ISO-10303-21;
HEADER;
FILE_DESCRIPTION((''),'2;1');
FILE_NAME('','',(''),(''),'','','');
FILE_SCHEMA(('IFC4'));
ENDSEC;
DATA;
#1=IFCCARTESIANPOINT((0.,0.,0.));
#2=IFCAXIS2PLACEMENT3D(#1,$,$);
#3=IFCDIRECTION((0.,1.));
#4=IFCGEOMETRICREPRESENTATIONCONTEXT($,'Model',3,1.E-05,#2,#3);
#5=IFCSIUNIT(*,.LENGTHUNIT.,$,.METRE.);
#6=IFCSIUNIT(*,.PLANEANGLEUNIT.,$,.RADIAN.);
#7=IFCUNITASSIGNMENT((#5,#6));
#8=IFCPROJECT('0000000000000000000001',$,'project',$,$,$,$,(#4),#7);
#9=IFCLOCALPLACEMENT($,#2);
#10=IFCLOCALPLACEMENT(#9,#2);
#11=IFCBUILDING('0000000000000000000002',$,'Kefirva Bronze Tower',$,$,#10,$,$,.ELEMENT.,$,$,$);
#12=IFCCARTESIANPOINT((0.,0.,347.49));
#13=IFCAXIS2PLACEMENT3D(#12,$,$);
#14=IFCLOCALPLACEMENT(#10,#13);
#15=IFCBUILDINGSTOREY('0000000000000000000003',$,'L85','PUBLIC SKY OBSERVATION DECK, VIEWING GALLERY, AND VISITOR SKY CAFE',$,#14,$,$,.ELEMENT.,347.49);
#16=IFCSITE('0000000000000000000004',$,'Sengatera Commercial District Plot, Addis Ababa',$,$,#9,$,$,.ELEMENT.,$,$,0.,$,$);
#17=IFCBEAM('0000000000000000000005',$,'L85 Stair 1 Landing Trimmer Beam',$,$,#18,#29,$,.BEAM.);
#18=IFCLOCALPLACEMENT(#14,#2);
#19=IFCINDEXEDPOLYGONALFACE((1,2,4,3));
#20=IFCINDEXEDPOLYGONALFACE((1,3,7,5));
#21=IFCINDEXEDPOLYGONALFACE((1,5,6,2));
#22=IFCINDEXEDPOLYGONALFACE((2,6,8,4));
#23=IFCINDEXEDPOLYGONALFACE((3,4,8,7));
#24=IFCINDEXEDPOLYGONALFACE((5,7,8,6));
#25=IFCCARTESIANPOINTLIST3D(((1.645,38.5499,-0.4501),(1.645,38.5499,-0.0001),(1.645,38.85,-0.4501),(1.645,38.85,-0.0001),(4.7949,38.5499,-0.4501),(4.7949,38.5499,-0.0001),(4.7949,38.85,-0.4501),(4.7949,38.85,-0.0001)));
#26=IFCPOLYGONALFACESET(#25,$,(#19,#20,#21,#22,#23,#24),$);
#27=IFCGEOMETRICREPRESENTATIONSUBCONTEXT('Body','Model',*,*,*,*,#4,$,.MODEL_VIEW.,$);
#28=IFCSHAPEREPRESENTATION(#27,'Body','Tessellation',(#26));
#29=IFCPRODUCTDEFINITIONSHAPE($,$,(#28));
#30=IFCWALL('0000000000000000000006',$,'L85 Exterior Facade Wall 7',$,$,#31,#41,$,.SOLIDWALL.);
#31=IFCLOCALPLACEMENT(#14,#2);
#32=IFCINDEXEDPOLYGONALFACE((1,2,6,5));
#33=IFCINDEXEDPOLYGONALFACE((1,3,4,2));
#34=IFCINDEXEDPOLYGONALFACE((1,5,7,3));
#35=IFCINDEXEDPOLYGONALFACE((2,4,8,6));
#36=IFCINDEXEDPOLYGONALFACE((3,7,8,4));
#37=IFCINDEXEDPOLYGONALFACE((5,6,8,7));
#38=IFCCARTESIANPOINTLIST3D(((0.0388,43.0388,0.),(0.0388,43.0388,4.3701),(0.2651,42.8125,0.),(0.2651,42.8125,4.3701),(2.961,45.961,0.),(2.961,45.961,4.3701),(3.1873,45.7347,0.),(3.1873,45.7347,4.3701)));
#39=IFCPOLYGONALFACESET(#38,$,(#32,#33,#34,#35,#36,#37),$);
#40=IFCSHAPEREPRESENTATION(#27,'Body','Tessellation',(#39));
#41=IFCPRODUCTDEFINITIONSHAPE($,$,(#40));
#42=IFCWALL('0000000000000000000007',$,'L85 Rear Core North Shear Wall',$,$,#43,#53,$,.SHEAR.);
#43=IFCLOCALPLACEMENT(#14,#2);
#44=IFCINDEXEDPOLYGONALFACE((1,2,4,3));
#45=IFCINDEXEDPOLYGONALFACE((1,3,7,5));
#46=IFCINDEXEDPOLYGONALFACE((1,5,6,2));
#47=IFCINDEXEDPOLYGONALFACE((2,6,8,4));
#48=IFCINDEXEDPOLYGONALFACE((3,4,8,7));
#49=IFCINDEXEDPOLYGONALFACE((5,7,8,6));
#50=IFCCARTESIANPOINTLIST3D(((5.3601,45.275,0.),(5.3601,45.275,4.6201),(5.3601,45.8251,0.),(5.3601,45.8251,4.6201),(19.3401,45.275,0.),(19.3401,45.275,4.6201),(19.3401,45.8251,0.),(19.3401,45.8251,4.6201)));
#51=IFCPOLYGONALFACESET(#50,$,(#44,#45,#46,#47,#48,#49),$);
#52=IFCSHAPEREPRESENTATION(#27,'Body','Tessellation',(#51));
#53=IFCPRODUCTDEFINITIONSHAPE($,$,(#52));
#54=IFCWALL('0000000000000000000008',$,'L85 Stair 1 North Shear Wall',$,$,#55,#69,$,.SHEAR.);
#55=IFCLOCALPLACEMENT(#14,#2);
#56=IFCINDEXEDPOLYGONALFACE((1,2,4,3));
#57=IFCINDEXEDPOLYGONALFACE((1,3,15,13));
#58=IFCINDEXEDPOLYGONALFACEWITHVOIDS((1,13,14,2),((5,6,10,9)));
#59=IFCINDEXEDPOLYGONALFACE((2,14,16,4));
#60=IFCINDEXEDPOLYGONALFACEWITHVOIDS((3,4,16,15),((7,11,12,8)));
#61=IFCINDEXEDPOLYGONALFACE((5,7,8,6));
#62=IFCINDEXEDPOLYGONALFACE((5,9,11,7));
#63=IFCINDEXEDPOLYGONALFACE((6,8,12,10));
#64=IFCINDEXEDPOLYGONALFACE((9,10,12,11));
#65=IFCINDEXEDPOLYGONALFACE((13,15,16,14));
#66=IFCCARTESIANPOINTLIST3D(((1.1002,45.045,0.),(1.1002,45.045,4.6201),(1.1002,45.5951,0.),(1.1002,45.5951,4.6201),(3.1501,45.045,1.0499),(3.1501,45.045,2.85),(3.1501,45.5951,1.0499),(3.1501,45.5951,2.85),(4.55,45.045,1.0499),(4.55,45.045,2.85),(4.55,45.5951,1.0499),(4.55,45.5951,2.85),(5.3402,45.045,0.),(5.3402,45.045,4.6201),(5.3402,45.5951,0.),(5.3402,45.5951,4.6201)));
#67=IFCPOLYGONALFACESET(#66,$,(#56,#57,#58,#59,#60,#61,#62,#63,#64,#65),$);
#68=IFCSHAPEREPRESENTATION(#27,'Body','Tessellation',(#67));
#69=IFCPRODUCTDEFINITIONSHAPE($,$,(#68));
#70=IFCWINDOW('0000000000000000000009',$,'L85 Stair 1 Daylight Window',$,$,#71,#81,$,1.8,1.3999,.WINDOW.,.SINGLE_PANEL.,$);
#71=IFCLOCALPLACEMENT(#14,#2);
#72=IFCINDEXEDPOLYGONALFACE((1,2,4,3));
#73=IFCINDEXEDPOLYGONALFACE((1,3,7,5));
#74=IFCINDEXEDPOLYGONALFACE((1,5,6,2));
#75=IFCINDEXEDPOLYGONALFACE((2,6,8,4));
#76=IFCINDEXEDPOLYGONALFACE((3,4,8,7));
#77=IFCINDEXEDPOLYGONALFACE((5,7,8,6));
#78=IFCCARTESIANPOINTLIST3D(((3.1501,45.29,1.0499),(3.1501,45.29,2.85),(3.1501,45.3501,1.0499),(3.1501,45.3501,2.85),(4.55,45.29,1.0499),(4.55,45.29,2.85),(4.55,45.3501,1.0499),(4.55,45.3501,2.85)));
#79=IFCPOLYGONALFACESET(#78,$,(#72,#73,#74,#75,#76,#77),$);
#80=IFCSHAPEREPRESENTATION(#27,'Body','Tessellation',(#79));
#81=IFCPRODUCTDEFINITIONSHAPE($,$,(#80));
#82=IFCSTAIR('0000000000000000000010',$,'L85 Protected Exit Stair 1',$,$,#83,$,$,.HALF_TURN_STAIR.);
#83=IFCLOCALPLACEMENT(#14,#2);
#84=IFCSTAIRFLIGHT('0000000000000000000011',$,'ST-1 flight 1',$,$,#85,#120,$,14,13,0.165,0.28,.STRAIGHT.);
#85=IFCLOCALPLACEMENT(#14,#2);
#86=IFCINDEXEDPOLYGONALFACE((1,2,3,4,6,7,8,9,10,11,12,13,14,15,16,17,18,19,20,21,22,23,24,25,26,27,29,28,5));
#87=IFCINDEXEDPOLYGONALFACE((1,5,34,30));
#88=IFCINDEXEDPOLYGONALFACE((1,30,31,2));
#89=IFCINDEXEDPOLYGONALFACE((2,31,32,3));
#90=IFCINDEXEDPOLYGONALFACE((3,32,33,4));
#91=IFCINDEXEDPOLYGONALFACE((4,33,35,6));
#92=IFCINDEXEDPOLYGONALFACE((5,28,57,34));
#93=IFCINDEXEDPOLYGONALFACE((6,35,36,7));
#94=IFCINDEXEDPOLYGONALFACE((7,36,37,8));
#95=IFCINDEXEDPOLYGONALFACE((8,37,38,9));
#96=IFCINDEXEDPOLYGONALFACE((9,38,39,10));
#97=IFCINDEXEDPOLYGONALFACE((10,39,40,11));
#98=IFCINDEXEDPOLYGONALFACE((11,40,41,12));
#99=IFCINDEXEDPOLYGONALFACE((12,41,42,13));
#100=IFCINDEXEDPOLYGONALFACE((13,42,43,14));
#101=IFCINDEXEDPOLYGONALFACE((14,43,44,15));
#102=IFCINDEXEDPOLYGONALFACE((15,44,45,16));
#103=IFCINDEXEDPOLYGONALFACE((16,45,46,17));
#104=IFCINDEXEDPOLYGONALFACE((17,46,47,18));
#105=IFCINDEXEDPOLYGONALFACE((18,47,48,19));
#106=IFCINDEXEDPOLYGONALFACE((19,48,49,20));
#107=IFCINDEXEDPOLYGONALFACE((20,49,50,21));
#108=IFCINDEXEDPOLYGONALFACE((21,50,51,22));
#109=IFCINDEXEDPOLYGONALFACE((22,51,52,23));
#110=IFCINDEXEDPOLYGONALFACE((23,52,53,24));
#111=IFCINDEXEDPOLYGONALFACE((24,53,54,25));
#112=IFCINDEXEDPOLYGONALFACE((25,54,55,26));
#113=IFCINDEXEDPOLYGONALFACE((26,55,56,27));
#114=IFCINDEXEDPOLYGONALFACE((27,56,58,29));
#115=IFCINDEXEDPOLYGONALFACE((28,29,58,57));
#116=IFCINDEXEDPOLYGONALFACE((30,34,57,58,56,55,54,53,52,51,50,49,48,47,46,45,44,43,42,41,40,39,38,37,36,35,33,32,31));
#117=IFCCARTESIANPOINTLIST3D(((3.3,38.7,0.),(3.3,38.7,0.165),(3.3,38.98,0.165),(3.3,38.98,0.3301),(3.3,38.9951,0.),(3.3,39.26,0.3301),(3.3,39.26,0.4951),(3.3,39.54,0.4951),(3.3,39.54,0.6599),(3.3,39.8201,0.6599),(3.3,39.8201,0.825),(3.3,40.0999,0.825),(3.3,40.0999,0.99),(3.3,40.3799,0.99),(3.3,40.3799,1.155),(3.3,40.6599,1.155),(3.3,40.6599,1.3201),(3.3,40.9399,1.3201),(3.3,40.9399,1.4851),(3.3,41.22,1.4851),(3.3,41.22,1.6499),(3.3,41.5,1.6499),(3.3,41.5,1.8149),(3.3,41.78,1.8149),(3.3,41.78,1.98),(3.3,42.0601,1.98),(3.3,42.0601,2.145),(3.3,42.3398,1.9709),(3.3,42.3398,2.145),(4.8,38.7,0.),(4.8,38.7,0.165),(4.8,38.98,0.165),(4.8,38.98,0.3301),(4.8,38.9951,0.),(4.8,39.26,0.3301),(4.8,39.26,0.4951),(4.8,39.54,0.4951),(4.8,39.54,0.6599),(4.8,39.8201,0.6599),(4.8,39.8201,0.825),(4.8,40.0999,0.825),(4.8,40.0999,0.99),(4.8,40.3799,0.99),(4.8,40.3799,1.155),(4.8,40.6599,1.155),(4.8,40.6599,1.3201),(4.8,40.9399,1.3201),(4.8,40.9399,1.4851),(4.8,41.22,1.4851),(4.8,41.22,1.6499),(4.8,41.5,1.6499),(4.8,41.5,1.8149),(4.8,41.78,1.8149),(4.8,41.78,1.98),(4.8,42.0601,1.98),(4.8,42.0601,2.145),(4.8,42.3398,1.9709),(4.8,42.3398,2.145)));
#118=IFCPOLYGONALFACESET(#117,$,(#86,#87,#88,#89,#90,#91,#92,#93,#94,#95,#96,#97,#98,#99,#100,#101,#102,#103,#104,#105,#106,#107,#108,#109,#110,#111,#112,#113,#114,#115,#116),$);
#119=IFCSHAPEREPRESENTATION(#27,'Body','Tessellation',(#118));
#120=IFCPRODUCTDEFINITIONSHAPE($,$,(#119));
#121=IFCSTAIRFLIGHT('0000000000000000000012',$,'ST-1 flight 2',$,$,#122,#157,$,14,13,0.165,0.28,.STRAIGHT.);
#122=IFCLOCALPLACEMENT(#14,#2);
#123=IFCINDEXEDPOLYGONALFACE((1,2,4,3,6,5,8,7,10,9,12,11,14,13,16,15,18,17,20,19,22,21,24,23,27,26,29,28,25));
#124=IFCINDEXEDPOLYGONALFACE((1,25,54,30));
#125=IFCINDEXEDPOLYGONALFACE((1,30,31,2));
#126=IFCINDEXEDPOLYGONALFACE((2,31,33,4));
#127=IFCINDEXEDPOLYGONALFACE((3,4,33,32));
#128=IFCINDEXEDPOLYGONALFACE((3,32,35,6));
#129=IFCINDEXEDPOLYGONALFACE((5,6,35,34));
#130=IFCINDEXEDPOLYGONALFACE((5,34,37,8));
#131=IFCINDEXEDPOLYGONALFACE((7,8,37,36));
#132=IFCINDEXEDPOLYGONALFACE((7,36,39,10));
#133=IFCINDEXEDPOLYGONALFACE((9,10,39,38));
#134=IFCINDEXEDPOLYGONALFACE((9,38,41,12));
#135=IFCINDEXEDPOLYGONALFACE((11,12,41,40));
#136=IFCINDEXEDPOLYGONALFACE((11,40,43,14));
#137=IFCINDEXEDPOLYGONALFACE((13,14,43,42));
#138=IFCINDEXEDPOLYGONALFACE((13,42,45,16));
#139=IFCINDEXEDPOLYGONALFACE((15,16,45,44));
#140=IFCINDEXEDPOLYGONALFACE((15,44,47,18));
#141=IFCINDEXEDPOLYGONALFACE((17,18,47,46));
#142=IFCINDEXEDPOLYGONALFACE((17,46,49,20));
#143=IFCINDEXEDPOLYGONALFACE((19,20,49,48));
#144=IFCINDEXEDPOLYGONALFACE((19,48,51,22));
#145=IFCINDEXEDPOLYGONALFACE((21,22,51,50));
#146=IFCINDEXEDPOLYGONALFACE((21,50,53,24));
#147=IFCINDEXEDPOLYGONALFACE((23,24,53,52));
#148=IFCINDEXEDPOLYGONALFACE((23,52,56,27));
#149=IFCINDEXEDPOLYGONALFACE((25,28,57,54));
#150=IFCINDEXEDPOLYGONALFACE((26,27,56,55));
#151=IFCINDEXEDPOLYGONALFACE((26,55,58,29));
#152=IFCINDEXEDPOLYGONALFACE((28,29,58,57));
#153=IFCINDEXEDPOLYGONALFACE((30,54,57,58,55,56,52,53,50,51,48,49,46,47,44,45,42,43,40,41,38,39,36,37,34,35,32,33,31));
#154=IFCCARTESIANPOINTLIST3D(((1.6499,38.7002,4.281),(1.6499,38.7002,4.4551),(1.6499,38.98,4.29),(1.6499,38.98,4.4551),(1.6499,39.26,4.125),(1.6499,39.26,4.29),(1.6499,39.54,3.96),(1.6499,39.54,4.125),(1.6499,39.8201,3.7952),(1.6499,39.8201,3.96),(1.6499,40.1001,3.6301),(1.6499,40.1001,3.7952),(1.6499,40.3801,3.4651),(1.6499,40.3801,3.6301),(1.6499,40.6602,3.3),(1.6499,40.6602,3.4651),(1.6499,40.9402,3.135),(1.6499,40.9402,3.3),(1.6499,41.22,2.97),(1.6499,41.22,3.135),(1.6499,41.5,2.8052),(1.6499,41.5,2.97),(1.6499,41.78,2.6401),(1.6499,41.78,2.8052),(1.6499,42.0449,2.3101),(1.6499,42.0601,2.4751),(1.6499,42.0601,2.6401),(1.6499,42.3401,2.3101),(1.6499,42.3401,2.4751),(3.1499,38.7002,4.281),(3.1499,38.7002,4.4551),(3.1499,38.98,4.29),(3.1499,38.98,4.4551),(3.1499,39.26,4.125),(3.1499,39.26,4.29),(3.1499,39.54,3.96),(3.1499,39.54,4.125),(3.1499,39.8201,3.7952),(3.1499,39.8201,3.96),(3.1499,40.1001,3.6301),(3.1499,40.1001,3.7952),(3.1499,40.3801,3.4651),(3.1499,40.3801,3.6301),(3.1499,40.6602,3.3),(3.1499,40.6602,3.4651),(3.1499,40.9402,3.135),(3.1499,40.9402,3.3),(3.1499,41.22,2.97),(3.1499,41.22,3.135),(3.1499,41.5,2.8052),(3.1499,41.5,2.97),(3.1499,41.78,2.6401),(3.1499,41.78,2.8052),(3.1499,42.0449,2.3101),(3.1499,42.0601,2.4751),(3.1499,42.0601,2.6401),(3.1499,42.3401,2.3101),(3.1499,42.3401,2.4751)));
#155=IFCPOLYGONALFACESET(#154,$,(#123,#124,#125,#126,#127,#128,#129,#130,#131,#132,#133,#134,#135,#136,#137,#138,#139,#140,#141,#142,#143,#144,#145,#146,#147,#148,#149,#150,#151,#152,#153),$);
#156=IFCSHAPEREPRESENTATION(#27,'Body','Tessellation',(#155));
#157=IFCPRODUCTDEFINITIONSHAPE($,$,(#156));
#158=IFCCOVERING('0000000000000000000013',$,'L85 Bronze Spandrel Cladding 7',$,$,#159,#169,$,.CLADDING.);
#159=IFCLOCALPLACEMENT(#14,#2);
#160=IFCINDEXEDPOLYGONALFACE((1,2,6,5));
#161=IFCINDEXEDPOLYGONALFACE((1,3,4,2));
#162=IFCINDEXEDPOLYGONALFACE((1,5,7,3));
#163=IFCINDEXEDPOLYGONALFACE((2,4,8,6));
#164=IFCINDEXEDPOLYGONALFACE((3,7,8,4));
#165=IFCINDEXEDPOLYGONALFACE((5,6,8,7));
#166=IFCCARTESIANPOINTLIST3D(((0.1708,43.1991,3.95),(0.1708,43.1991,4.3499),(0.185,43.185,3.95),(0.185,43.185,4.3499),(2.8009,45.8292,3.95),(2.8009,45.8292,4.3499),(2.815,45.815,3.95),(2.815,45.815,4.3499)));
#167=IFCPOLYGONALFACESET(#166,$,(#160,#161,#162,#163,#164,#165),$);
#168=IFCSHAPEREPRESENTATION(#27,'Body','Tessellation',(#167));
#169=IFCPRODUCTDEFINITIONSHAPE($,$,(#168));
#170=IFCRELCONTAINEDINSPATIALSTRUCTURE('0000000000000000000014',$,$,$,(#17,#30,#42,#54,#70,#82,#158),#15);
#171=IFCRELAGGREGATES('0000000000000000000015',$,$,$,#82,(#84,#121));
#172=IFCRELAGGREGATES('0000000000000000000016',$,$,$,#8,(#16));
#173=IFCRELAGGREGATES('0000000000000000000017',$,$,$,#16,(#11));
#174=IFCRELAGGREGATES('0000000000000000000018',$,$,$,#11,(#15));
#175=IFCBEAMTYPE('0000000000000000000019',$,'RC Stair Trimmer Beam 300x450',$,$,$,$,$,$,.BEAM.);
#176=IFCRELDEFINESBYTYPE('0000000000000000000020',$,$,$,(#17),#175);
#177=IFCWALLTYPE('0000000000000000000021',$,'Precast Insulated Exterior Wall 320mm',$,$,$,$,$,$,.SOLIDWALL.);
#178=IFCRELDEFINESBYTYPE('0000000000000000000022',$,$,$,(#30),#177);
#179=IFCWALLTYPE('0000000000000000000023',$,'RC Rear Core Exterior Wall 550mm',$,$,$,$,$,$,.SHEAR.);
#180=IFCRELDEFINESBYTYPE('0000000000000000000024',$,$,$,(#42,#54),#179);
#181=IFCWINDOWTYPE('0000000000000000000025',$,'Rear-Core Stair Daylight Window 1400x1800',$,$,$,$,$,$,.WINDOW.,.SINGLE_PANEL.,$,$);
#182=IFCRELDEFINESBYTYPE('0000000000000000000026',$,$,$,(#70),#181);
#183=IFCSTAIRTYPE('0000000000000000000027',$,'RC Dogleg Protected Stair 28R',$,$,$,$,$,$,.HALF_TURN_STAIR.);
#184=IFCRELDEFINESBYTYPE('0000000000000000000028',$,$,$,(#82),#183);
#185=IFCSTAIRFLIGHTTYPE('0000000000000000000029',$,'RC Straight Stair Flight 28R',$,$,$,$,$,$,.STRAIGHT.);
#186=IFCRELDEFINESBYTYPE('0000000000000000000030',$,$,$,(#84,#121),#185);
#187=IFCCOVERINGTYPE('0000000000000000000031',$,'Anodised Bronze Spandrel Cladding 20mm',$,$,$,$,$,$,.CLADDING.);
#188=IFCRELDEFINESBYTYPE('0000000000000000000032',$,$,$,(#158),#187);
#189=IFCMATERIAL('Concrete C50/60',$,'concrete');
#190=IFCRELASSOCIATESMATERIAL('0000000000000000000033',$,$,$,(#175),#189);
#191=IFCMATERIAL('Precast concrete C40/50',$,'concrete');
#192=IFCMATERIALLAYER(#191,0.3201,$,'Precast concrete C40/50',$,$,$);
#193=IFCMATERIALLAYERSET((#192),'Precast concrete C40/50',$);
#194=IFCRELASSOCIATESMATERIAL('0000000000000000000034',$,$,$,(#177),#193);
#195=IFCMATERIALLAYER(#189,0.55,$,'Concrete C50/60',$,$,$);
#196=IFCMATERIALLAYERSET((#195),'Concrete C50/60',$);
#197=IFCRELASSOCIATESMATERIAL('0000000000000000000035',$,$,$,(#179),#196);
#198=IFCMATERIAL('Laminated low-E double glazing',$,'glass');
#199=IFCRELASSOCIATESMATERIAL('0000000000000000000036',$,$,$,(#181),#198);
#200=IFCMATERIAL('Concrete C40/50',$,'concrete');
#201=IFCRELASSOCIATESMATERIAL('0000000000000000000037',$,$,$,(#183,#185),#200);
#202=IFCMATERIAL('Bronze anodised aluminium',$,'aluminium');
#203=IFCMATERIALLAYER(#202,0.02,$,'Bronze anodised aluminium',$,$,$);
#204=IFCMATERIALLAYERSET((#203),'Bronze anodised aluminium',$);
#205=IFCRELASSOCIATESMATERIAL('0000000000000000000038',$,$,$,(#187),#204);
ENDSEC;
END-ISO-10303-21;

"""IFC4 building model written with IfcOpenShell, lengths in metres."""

from ifc_helpers import new_model, si_unit, direction, frame, frame_2d, origin, origin_2d, place, context, subcontext, project, spatial, polyline, rectangle, outline, extrude, material, layer, layer_set, material_profile, profile_set, type_object, element, fill, aggregate, save


model = new_model("IFC4")

# Units and contexts
model_context = context("Model", 3, precision=1e-05, world=origin(), true_north=direction((0.0, 1.0)))
body_context = subcontext(model_context, "Body", "Model", "MODEL_VIEW")
ifc_project = project(units=[si_unit("LENGTHUNIT", "METRE"), si_unit("PLANEANGLEUNIT", "RADIAN")], contexts=[model_context])

# Site, building, storey
site_placement = place(None, origin())
site = spatial("IfcSite", under=ifc_project, at=site_placement, Name="Sengatera Commercial District Plot, Addis Ababa", CompositionType="ELEMENT", RefElevation=0.0)
building_placement = place(site_placement, origin())
building = spatial("IfcBuilding", under=site, at=building_placement, Name="Kefirva Bronze Tower", CompositionType="ELEMENT")
storey_placement = place(building_placement, frame((0.0, 0.0, 347.49)))
storey = spatial("IfcBuildingStorey", under=building, at=storey_placement, Name="L85", Description="PUBLIC SKY OBSERVATION DECK, VIEWING GALLERY, AND VISITOR SKY CAFE", CompositionType="ELEMENT", Elevation=347.49)

# Beam
ifc_material_1 = material(Name="Concrete C50/60", Category="concrete")
ifc_material_profile = material_profile(ifc_material_1, rectangle(XDim=0.3, YDim=0.45, at=origin_2d()), Name="RC 300x450")
ifc_profile_set = profile_set([ifc_material_profile], Name="Concrete C50/60")
beam_type = type_object("IfcBeamType", Name="RC Stair Trimmer Beam 300x450", PredefinedType="BEAM", material=ifc_profile_set)
beam_placement = place(storey_placement, frame((1.645, 38.7, -0.2251), z_axis=(1.0, 0.0, 0.0), x_axis=(0.0, 1.0, 0.0)))
element("IfcBeam", 1, at=beam_placement, inside=storey, type_object=beam_type, Name="L85 Stair 1 Landing Trimmer Beam", PredefinedType="BEAM", context=body_context, shape_type="SweptSolid", body=[
    extrude(rectangle(XDim=0.3, YDim=0.45, at=origin_2d()), origin(), (0.0, 0.0, 1.0), 3.1499),
])

# Walls
ifc_material_2 = material(Name="Precast concrete C40/50", Category="concrete")
ifc_layer_1 = layer(ifc_material_2, 0.3201, Name="Precast concrete C40/50")
ifc_layer_set_1 = layer_set([ifc_layer_1], Name="Precast concrete C40/50")
wall_type_1 = type_object("IfcWallType", Name="Precast Insulated Exterior Wall 320mm", PredefinedType="SOLIDWALL", material=ifc_layer_set_1)
wall_1_placement = place(storey_placement, frame((3.0742, 45.8479, 0.0), z_axis=(0.0, 0.0, 1.0), x_axis=(-0.707107, -0.707107, 0.0)))
element("IfcWall", 2, at=wall_1_placement, inside=storey, type_object=wall_type_1, Name="L85 Exterior Facade Wall 7", PredefinedType="SOLIDWALL", context=body_context, shape_type="SweptSolid", body=[
    extrude(rectangle(XDim=4.1326, YDim=0.3201, at=frame_2d((2.0664, 0.0))), origin(), (0.0, 0.0, 1.0), 4.3701),
])
ifc_layer_2 = layer(ifc_material_1, 0.55, Name="Concrete C50/60")
ifc_layer_set_2 = layer_set([ifc_layer_2], Name="Concrete C50/60")
wall_type_2 = type_object("IfcWallType", Name="RC Rear Core Exterior Wall 550mm", PredefinedType="SHEAR", material=ifc_layer_set_2)
wall_2_placement = place(storey_placement, frame((5.3601, 45.55, 0.0), z_axis=(0.0, 0.0, 1.0), x_axis=(1.0, 0.0, 0.0)))
element("IfcWall", 3, at=wall_2_placement, inside=storey, type_object=wall_type_2, Name="L85 Rear Core North Shear Wall", PredefinedType="SHEAR", context=body_context, shape_type="SweptSolid", body=[
    extrude(rectangle(XDim=13.98, YDim=0.55, at=frame_2d((6.99, 0.0))), origin(), (0.0, 0.0, 1.0), 4.6201),
])

# Wall, opening, window
wall_3_placement = place(storey_placement, frame((1.1001, 45.3201, 0.0), z_axis=(0.0, 0.0, 1.0), x_axis=(1.0, 0.0, 0.0)))
wall_3 = element("IfcWall", 4, at=wall_3_placement, inside=storey, type_object=wall_type_2, Name="L85 Stair 1 North Shear Wall", PredefinedType="SHEAR", context=body_context, shape_type="SweptSolid", body=[
    extrude(rectangle(XDim=4.24, YDim=0.55, at=frame_2d((2.1201, 0.0))), origin(), (0.0, 0.0, 1.0), 4.6201),
])
opening_placement = place(wall_3_placement, frame((2.05, 0.0, 1.05)))
opening = element("IfcOpeningElement", 5, at=opening_placement, cuts=wall_3, PredefinedType="OPENING", context=body_context, shape_type="SweptSolid", body=[
    extrude(rectangle(XDim=1.3999, YDim=1.8, at=frame_2d((0.7, 0.8999))), frame((0.0, 0.2852, 0.0), z_axis=(0.0, -1.0, 0.0), x_axis=(1.0, 0.0, 0.0)), (0.0, 0.0, 1.0), 0.5701),
])
ifc_material_3 = material(Name="Laminated low-E double glazing", Category="glass")
window_type = type_object("IfcWindowType", Name="Rear-Core Stair Daylight Window 1400x1800", PartitioningType="SINGLE_PANEL", PredefinedType="WINDOW", material=ifc_material_3)
window_placement = place(opening_placement, origin())
window = element("IfcWindow", 6, at=window_placement, inside=storey, type_object=window_type, Name="L85 Stair 1 Daylight Window", OverallHeight=1.8, OverallWidth=1.3999, PartitioningType="SINGLE_PANEL", PredefinedType="WINDOW", context=body_context, shape_type="SweptSolid", body=[
    extrude(rectangle(XDim=1.3999, YDim=1.8, at=frame_2d((0.7, 0.8999))), frame((0.0, 0.03, 0.0), z_axis=(0.0, -1.0, 0.0), x_axis=(1.0, 0.0, 0.0)), (0.0, 0.0, 1.0), 0.0601),
])
fill(opening, window)

# Stair, stair flights
ifc_material_4 = material(Name="Concrete C40/50", Category="concrete")
stair_type = type_object("IfcStairType", Name="RC Dogleg Protected Stair 28R", PredefinedType="HALF_TURN_STAIR", material=ifc_material_4)
stair_placement = place(storey_placement, origin())
stair = element("IfcStair", 7, at=stair_placement, inside=storey, type_object=stair_type, Name="L85 Protected Exit Stair 1", PredefinedType="HALF_TURN_STAIR")
stair_flight_type = type_object("IfcStairFlightType", Name="RC Straight Stair Flight 28R", PredefinedType="STRAIGHT", material=ifc_material_4)
stair_flight_1_placement = place(storey_placement, frame((4.05, 38.7, 0.0), z_axis=(0.0, 0.0, 1.0), x_axis=(0.0, 1.0, 0.0)))
stair_flight_1 = element("IfcStairFlight", 8, at=stair_flight_1_placement, type_object=stair_flight_type, Name="ST-1 flight 1", NumberOfRisers=14, NumberOfTreads=13, PredefinedType="STRAIGHT", RiserHeight=0.165, TreadLength=0.28, context=body_context, shape_type="SweptSolid", body=[
    extrude(outline(polyline([(0.0, 0.0), (0.0, 0.165), (0.28, 0.165), (0.28, 0.3301), (0.5601, 0.3301), (0.5601, 0.4951), (0.8401, 0.4951), (0.8401, 0.6599), (1.1201, 0.6599), (1.1201, 0.825), (1.3999, 0.825), (1.3999, 0.99), (1.6799, 0.99), (1.6799, 1.155), (1.96, 1.155), (1.96, 1.3201), (2.24, 1.3201), (2.24, 1.4851), (2.52, 1.4851), (2.52, 1.6499), (2.8, 1.6499), (2.8, 1.8149), (3.0801, 1.8149), (3.0801, 1.98), (3.3601, 1.98), (3.3601, 2.145), (3.6399, 2.145), (3.6399, 2.3101), (3.6399, 1.9709), (0.2952, 0.0), (0.0, 0.0)])), frame((0.0, 0.75, 0.0), z_axis=(0.0, -1.0, 0.0), x_axis=(1.0, 0.0, 0.0)), (0.0, 0.0, 1.0), 1.5),
])
stair_flight_2_placement = place(storey_placement, frame((2.3999, 42.3401, 2.3101), z_axis=(0.0, 0.0, 1.0), x_axis=(0.0, -1.0, 0.0)))
stair_flight_2 = element("IfcStairFlight", 9, at=stair_flight_2_placement, type_object=stair_flight_type, Name="ST-1 flight 2", NumberOfRisers=14, NumberOfTreads=13, PredefinedType="STRAIGHT", RiserHeight=0.165, TreadLength=0.28, context=body_context, shape_type="SweptSolid", body=[
    extrude(outline(polyline([(0.0, 0.0), (0.0, 0.165), (0.28, 0.165), (0.28, 0.3301), (0.5601, 0.3301), (0.5601, 0.4951), (0.8401, 0.4951), (0.8401, 0.6599), (1.1201, 0.6599), (1.1201, 0.825), (1.3999, 0.825), (1.3999, 0.99), (1.6799, 0.99), (1.6799, 1.155), (1.96, 1.155), (1.96, 1.3201), (2.24, 1.3201), (2.24, 1.4851), (2.52, 1.4851), (2.52, 1.6499), (2.8, 1.6499), (2.8, 1.8149), (3.0801, 1.8149), (3.0801, 1.98), (3.3601, 1.98), (3.3601, 2.145), (3.6399, 2.145), (3.6399, 2.3101), (3.6399, 1.9709), (0.2952, 0.0), (0.0, 0.0)])), frame((0.0, 0.75, 0.0), z_axis=(0.0, -1.0, 0.0), x_axis=(1.0, 0.0, 0.0)), (0.0, 0.0, 1.0), 1.5),
])
aggregate(stair, [stair_flight_1, stair_flight_2])

# Covering
ifc_material_5 = material(Name="Bronze anodised aluminium", Category="aluminium")
ifc_layer_3 = layer(ifc_material_5, 0.02, Name="Bronze anodised aluminium")
ifc_layer_set_3 = layer_set([ifc_layer_3], Name="Bronze anodised aluminium")
covering_type_1 = type_object("IfcCoveringType", Name="Anodised Bronze Spandrel Cladding 20mm", PredefinedType="CLADDING", material=ifc_layer_set_3)
covering_1_placement = place(storey_placement, frame((1.4929, 44.5071, 3.95), z_axis=(0.0, 0.0, 1.0), x_axis=(-0.707107, -0.707107, 0.0)))
element("IfcCovering", 10, at=covering_1_placement, inside=storey, type_object=covering_type_1, Name="L85 Bronze Spandrel Cladding 7", PredefinedType="CLADDING", context=body_context, shape_type="SweptSolid", body=[
    extrude(rectangle(XDim=3.7195, YDim=0.02, at=origin_2d()), origin(), (0.0, 0.0, 1.0), 0.3999),
])

save(model, "model.ifc")
